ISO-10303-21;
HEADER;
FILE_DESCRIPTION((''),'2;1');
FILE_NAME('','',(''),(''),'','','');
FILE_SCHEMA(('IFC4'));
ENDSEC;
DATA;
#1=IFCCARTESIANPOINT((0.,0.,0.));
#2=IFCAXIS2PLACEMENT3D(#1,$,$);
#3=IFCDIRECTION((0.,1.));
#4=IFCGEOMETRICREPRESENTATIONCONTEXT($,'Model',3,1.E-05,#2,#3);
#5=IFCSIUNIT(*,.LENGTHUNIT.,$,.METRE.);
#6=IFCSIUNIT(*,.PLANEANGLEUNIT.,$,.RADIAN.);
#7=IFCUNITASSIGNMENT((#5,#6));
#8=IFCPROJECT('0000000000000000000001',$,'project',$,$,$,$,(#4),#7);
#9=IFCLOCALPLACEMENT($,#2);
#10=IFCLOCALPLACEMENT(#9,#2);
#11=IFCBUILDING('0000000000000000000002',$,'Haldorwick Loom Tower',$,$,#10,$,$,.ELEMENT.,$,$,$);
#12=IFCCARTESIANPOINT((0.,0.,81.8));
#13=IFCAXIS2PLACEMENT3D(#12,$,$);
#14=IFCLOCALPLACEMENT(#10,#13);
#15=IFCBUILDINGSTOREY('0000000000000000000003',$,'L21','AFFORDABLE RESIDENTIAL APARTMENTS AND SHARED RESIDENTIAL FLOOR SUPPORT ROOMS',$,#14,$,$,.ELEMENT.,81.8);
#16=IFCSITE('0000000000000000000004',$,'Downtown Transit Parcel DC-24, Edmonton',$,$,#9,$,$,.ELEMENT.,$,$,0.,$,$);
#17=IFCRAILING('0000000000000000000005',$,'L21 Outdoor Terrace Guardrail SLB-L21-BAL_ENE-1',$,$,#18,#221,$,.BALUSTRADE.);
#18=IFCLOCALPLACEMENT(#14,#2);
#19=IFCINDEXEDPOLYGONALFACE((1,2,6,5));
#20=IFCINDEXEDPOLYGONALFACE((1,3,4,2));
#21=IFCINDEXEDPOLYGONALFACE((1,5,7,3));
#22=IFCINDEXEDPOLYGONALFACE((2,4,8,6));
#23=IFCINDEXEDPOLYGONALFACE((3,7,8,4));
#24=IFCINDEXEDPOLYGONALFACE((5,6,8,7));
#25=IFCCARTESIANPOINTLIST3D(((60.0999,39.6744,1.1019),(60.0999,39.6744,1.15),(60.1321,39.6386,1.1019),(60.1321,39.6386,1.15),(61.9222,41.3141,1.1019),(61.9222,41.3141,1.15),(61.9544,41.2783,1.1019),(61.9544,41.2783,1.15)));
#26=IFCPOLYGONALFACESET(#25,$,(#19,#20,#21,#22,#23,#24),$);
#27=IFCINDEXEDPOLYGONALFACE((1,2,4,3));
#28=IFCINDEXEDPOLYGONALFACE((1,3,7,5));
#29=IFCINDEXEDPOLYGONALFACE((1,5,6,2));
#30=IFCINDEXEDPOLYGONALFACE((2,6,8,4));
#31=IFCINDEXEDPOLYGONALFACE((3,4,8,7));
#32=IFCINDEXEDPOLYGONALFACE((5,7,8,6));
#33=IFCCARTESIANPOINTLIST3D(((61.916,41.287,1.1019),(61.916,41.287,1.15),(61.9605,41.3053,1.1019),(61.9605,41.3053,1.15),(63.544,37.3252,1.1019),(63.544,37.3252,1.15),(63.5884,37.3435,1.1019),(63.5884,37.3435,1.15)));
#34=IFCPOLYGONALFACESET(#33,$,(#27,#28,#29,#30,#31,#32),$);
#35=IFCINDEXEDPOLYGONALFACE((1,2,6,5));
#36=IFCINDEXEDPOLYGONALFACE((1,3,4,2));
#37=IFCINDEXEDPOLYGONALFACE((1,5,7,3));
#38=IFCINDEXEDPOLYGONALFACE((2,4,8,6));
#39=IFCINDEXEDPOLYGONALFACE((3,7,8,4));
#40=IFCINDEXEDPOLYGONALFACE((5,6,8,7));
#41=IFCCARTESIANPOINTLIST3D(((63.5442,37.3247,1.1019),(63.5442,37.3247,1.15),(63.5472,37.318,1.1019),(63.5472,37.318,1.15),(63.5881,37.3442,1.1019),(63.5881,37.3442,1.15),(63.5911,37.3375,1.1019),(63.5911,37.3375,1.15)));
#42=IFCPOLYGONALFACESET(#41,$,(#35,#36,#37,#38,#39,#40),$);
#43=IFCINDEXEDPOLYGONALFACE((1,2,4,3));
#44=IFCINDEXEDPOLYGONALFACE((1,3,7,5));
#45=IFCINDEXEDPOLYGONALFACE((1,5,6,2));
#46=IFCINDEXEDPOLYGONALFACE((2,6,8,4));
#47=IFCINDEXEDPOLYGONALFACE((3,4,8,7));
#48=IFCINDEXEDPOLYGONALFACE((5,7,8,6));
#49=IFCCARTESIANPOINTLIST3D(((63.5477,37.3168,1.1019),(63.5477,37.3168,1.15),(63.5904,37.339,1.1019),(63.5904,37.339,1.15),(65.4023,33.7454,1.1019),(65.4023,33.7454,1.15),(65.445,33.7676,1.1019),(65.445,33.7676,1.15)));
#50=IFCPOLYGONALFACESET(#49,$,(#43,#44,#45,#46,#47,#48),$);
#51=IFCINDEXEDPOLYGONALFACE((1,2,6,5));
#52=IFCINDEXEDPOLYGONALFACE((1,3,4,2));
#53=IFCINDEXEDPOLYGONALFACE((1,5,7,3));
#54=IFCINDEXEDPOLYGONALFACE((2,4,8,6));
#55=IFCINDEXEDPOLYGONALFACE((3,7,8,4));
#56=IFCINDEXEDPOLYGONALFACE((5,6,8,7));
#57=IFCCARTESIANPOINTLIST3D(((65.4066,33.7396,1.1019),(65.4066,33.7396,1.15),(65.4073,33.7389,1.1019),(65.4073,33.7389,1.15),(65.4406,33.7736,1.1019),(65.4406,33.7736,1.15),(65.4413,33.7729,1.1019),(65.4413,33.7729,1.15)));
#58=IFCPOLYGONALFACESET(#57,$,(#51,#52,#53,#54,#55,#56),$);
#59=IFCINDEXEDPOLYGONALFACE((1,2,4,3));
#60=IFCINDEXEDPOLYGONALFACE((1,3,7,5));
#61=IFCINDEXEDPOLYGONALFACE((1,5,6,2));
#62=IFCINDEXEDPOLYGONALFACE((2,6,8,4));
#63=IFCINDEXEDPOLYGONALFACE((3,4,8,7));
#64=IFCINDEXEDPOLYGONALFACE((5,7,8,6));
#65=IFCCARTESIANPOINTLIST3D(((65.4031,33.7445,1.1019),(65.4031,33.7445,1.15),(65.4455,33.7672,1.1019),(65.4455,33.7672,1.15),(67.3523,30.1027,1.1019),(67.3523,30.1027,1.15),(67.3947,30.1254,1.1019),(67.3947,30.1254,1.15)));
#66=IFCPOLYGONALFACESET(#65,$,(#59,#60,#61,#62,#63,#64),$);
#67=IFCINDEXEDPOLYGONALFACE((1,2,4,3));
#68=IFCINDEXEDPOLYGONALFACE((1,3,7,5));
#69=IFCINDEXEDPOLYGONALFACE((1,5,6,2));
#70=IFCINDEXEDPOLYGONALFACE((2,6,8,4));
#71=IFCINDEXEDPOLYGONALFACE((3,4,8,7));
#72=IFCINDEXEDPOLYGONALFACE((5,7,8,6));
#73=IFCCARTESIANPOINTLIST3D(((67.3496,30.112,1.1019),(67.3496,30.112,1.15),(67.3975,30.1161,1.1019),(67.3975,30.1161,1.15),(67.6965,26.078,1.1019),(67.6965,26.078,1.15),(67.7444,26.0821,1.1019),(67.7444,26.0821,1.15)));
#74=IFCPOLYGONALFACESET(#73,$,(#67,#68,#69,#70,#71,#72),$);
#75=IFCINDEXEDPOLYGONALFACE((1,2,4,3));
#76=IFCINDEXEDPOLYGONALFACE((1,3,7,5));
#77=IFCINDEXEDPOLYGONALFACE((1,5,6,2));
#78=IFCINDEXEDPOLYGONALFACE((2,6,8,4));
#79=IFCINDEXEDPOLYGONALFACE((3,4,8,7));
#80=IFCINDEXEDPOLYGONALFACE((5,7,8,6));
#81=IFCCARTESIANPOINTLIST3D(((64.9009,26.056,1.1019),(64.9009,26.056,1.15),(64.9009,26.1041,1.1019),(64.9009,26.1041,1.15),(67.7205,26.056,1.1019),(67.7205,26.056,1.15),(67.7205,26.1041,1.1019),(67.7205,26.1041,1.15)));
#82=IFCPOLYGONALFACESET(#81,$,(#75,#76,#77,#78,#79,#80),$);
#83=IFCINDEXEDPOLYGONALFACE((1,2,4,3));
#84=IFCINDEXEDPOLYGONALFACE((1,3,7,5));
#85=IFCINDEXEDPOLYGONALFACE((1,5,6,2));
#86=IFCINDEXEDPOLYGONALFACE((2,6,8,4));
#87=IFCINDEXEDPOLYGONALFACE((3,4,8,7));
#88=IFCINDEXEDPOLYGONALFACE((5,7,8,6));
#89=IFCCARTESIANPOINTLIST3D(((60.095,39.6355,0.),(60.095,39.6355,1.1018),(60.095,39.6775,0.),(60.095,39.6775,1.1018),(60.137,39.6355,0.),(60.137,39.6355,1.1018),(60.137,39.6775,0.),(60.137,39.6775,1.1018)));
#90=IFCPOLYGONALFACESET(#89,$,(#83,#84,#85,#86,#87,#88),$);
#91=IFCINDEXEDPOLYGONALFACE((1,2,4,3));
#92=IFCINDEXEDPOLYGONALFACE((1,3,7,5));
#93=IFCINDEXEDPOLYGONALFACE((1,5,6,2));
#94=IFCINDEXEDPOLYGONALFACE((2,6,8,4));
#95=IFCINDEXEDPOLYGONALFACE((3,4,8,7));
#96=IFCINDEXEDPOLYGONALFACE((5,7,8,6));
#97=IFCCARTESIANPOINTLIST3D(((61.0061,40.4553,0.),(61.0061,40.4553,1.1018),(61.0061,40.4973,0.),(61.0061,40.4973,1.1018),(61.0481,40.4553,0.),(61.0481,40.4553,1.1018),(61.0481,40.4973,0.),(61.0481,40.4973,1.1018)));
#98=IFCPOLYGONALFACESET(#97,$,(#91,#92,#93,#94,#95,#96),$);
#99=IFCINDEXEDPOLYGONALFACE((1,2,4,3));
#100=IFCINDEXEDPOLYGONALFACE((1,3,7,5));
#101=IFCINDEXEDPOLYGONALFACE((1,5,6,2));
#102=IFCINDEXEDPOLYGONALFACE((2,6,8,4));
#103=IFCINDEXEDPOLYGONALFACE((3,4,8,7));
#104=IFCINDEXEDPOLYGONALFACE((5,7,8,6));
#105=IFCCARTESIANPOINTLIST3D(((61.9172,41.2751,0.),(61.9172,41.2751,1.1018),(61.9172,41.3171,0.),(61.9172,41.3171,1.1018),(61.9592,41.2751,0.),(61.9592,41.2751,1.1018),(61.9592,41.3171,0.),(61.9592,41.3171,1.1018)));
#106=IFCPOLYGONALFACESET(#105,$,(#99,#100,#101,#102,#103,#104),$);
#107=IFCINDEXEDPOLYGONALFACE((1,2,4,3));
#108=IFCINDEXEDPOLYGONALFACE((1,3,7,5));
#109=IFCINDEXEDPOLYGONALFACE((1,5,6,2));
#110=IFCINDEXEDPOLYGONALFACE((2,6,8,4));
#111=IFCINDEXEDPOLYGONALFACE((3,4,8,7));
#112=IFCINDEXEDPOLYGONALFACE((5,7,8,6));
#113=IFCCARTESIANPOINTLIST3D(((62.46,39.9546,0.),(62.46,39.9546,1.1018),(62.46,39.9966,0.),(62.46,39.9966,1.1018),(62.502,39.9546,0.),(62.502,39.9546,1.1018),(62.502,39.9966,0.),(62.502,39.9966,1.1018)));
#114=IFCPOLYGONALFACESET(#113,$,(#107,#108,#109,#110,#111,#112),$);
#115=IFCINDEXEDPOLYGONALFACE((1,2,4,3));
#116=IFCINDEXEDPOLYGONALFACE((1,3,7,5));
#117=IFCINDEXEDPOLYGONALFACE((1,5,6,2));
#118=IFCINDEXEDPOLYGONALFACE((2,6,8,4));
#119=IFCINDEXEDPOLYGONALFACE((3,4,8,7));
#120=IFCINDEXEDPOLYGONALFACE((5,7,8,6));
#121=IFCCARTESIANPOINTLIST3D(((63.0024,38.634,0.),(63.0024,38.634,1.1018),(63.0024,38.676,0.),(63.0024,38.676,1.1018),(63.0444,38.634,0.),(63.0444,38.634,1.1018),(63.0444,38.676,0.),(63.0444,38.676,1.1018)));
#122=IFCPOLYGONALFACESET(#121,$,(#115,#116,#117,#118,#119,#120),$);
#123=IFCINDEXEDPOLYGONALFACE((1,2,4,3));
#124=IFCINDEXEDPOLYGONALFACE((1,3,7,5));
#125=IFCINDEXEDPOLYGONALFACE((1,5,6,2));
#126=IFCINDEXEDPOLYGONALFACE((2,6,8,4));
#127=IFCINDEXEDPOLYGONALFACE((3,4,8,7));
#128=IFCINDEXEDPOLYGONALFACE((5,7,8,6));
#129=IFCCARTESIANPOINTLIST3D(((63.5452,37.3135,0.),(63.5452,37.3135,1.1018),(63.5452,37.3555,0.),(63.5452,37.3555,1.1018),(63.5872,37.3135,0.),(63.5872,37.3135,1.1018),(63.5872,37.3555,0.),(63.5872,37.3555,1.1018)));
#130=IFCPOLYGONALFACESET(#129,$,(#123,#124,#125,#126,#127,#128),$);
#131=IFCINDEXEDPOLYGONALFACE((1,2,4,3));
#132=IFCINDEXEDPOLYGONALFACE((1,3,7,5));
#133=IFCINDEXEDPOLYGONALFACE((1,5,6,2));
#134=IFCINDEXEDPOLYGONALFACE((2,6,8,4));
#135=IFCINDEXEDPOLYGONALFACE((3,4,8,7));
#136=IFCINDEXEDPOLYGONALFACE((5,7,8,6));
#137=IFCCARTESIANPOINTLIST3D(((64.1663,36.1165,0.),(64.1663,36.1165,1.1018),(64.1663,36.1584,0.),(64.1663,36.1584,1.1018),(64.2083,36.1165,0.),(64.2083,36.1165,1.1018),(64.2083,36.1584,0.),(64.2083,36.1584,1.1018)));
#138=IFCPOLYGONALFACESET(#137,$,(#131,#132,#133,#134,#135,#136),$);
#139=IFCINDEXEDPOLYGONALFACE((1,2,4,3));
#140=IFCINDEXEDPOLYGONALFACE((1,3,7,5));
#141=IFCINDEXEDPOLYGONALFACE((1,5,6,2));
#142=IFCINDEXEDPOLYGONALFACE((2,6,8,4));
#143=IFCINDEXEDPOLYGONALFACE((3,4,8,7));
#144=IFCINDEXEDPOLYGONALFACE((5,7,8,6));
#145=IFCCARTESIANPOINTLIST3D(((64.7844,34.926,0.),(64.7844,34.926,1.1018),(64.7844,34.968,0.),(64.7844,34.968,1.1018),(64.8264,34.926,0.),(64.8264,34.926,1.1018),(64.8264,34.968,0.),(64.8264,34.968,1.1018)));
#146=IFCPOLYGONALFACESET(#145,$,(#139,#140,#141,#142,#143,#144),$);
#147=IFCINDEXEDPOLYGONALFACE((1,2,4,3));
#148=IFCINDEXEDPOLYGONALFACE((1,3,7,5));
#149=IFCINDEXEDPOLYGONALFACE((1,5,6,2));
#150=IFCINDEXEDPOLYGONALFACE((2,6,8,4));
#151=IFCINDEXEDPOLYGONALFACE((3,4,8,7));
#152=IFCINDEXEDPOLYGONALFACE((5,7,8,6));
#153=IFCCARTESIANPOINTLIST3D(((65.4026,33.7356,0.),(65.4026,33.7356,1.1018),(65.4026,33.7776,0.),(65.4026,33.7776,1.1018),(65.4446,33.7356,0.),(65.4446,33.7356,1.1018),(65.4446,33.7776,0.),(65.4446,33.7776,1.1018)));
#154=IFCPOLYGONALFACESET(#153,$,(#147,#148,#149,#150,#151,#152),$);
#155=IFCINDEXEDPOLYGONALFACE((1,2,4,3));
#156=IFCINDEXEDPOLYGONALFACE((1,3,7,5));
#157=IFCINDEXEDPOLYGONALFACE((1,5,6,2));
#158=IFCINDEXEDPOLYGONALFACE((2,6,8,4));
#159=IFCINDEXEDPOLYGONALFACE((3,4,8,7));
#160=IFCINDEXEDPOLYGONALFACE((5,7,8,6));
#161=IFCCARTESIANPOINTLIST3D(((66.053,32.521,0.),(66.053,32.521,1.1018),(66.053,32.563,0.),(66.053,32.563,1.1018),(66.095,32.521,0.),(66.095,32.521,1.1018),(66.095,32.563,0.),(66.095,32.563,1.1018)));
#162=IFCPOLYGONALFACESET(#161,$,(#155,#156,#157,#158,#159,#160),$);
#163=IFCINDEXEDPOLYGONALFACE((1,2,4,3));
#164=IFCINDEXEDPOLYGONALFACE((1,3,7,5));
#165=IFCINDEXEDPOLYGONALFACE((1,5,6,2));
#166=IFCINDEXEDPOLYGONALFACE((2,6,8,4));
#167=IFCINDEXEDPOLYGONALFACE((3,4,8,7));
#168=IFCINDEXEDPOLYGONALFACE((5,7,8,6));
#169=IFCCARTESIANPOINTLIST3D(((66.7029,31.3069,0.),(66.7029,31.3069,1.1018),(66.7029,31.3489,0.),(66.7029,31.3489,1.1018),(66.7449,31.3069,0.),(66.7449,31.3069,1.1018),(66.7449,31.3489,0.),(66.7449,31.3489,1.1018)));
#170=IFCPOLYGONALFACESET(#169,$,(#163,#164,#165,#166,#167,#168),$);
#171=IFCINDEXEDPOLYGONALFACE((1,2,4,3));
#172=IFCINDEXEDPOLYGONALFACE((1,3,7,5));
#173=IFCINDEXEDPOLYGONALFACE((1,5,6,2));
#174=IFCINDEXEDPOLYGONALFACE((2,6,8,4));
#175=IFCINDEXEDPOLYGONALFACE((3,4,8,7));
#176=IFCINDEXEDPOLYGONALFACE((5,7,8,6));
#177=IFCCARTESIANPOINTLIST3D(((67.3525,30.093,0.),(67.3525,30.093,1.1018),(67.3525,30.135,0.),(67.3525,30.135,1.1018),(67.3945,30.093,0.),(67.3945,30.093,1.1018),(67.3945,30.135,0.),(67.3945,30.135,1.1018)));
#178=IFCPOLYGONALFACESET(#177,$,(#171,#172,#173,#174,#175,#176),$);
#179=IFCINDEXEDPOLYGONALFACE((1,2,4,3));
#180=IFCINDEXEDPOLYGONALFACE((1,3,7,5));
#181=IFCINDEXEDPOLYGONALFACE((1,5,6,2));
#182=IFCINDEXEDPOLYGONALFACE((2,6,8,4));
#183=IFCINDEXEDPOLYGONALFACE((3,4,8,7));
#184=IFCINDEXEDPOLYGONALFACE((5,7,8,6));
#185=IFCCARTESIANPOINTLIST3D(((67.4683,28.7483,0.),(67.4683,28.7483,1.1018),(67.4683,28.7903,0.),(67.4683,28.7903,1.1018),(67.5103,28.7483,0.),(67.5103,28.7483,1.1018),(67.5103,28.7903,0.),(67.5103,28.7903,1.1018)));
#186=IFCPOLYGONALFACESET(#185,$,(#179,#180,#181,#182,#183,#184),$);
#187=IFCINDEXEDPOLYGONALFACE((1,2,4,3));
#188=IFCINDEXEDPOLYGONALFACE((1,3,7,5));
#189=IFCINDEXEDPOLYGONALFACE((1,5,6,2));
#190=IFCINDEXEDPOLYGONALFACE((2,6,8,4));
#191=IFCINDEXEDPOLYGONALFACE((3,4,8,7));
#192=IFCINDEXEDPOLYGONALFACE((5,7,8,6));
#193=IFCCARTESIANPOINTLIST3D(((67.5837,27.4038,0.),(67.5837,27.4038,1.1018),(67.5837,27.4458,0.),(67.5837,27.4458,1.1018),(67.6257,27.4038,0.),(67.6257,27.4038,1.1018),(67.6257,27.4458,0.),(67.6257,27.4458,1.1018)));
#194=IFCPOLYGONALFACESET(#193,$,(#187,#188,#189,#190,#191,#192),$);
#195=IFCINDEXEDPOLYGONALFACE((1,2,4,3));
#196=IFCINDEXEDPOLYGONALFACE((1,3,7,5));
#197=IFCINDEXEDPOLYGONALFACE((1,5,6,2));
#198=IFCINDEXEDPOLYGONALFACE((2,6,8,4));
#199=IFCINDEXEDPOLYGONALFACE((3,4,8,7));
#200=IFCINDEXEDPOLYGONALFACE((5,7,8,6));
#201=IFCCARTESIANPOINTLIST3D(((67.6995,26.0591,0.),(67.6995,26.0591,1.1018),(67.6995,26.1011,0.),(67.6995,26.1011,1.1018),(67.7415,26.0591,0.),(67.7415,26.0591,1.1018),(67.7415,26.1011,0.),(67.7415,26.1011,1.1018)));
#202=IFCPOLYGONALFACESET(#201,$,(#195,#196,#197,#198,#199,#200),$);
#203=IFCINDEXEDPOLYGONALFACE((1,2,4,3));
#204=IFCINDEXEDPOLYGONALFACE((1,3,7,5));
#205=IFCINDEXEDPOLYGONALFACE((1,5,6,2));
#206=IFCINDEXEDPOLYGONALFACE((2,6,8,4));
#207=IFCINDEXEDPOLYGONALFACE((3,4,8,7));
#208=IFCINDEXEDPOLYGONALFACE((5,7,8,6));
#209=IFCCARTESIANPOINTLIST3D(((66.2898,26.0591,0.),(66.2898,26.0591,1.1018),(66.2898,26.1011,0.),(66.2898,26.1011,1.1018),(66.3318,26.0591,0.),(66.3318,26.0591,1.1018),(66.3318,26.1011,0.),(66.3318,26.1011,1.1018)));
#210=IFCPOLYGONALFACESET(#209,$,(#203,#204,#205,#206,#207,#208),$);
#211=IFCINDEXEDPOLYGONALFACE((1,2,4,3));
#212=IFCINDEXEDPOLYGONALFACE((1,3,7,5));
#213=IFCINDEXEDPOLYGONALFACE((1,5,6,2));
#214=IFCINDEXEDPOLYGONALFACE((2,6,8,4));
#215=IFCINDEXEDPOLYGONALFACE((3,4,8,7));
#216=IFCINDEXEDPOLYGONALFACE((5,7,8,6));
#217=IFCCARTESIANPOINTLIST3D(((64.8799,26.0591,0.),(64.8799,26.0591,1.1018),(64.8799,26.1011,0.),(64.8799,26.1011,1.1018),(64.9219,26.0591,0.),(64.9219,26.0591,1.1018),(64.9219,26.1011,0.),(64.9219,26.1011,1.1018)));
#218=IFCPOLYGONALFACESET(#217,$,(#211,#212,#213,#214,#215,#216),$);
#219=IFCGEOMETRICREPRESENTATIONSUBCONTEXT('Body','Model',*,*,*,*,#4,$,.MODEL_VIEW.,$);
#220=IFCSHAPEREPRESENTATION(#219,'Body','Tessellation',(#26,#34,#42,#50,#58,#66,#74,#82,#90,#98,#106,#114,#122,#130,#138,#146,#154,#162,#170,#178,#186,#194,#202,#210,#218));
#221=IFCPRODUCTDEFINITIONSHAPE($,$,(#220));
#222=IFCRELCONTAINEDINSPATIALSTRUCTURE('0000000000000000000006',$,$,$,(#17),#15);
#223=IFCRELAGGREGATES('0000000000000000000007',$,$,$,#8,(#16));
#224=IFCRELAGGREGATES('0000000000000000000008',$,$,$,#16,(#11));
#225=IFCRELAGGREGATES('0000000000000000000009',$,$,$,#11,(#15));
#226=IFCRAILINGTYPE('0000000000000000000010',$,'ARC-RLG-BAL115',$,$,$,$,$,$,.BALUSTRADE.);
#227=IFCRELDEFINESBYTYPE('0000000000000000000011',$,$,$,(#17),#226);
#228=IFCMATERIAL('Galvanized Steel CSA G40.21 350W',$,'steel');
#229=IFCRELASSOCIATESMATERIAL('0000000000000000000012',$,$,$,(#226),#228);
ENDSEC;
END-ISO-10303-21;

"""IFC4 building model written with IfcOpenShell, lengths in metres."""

from ifc_helpers import new_model, si_unit, direction, frame, origin, origin_2d, place, context, subcontext, project, spatial, rectangle, extrude, material, type_object, element, save


model = new_model("IFC4")

# Units and contexts
model_context = context("Model", 3, precision=1e-05, world=origin(), true_north=direction((0.0, 1.0)))
body_context = subcontext(model_context, "Body", "Model", "MODEL_VIEW")
ifc_project = project(units=[si_unit("LENGTHUNIT", "METRE"), si_unit("PLANEANGLEUNIT", "RADIAN")], contexts=[model_context])

# Site, building, storey
site_placement = place(None, origin())
site = spatial("IfcSite", under=ifc_project, at=site_placement, Name="Downtown Transit Parcel DC-24, Edmonton", CompositionType="ELEMENT", RefElevation=0.0)
building_placement = place(site_placement, origin())
building = spatial("IfcBuilding", under=site, at=building_placement, Name="Haldorwick Loom Tower", CompositionType="ELEMENT")
storey_placement = place(building_placement, frame((0.0, 0.0, 81.8)))
storey = spatial("IfcBuildingStorey", under=building, at=storey_placement, Name="L21", Description="AFFORDABLE RESIDENTIAL APARTMENTS AND SHARED RESIDENTIAL FLOOR SUPPORT ROOMS", CompositionType="ELEMENT", Elevation=81.8)

# Railing
ifc_material_1 = material(Name="Galvanized Steel CSA G40.21 350W", Category="steel")
railing_type_1 = type_object("IfcRailingType", Name="ARC-RLG-BAL115", PredefinedType="BALUSTRADE", material=ifc_material_1)
railing_1_placement = place(storey_placement, frame((60.116, 39.6565, 0.0)))
element("IfcRailing", 1, at=railing_1_placement, inside=storey, type_object=railing_type_1, Name="L21 Outdoor Terrace Guardrail SLB-L21-BAL_ENE-1", PredefinedType="BALUSTRADE", context=body_context, shape_type="SweptSolid", body=[
    extrude(rectangle(XDim=0.0481, YDim=0.0481, at=origin_2d()), frame((0.0, 0.0, 1.126), z_axis=(0.743373, 0.668877, 0.0), x_axis=(-0.668877, 0.743373, 0.0)), (0.0, 0.0, 1.0), 2.4514),
    extrude(rectangle(XDim=0.0481, YDim=0.0481, at=origin_2d()), frame((1.8223, 1.6396, 1.126), z_axis=(0.380082, -0.924953, 0.0), x_axis=(0.924953, 0.380082, 0.0)), (0.0, 0.0, 1.0), 4.2832),
    extrude(rectangle(XDim=0.0481, YDim=0.0481, at=origin_2d()), frame((3.4502, -2.322, 1.126), z_axis=(0.406138, -0.913812, 0.0), x_axis=(0.913812, 0.406138, 0.0)), (0.0, 0.0, 1.0), 0.0073),
    extrude(rectangle(XDim=0.0481, YDim=0.0481, at=origin_2d()), frame((3.4531, -2.3286, 1.126), z_axis=(0.460848, -0.887479, 0.0), x_axis=(0.887479, 0.460848, 0.0)), (0.0, 0.0, 1.0), 4.0242),
    extrude(rectangle(XDim=0.0481, YDim=0.0481, at=origin_2d()), frame((5.3076, -5.8999, 1.126), z_axis=(0.707107, -0.707107, 0.0), x_axis=(0.707107, 0.707107, 0.0)), (0.0, 0.0, 1.0), 0.001),
    extrude(rectangle(XDim=0.0481, YDim=0.0481, at=origin_2d()), frame((5.3083, -5.9006, 1.126), z_axis=(0.471888, -0.881658, 0.0), x_axis=(0.881658, 0.471888, 0.0)), (0.0, 0.0, 1.0), 4.1306),
    extrude(rectangle(XDim=0.0481, YDim=0.0481, at=origin_2d()), frame((7.2576, -9.5425, 1.126), z_axis=(0.085685, -0.996322, 0.0), x_axis=(0.996322, 0.085685, 0.0)), (0.0, 0.0, 1.0), 4.0488),
    extrude(rectangle(XDim=0.0481, YDim=0.0481, at=origin_2d()), frame((7.6045, -13.5764, 1.126), z_axis=(-1.0, 0.0, 0.0), x_axis=(0.0, -1.0, 0.0)), (0.0, 0.0, 1.0), 2.8196),
    extrude(rectangle(XDim=0.042, YDim=0.042, at=origin_2d()), origin(), (0.0, 0.0, 1.0), 1.1018),
    extrude(rectangle(XDim=0.042, YDim=0.042, at=origin_2d()), frame((0.9111, 0.8198, 0.0)), (0.0, 0.0, 1.0), 1.1018),
    extrude(rectangle(XDim=0.042, YDim=0.042, at=origin_2d()), frame((1.8223, 1.6396, 0.0)), (0.0, 0.0, 1.0), 1.1018),
    extrude(rectangle(XDim=0.042, YDim=0.042, at=origin_2d()), frame((2.365, 0.3191, 0.0)), (0.0, 0.0, 1.0), 1.1018),
    extrude(rectangle(XDim=0.042, YDim=0.042, at=origin_2d()), frame((2.9075, -1.0015, 0.0)), (0.0, 0.0, 1.0), 1.1018),
    extrude(rectangle(XDim=0.042, YDim=0.042, at=origin_2d()), frame((3.4502, -2.322, 0.0)), (0.0, 0.0, 1.0), 1.1018),
    extrude(rectangle(XDim=0.042, YDim=0.042, at=origin_2d()), frame((4.0713, -3.519, 0.0)), (0.0, 0.0, 1.0), 1.1018),
    extrude(rectangle(XDim=0.042, YDim=0.042, at=origin_2d()), frame((4.6895, -4.7095, 0.0)), (0.0, 0.0, 1.0), 1.1018),
    extrude(rectangle(XDim=0.042, YDim=0.042, at=origin_2d()), frame((5.3076, -5.8999, 0.0)), (0.0, 0.0, 1.0), 1.1018),
    extrude(rectangle(XDim=0.042, YDim=0.042, at=origin_2d()), frame((5.958, -7.1145, 0.0)), (0.0, 0.0, 1.0), 1.1018),
    extrude(rectangle(XDim=0.042, YDim=0.042, at=origin_2d()), frame((6.6079, -8.3286, 0.0)), (0.0, 0.0, 1.0), 1.1018),
    extrude(rectangle(XDim=0.042, YDim=0.042, at=origin_2d()), frame((7.2576, -9.5425, 0.0)), (0.0, 0.0, 1.0), 1.1018),
    extrude(rectangle(XDim=0.042, YDim=0.042, at=origin_2d()), frame((7.3733, -10.8872, 0.0)), (0.0, 0.0, 1.0), 1.1018),
    extrude(rectangle(XDim=0.042, YDim=0.042, at=origin_2d()), frame((7.4888, -12.2317, 0.0)), (0.0, 0.0, 1.0), 1.1018),
    extrude(rectangle(XDim=0.042, YDim=0.042, at=origin_2d()), frame((7.6045, -13.5764, 0.0)), (0.0, 0.0, 1.0), 1.1018),
    extrude(rectangle(XDim=0.042, YDim=0.042, at=origin_2d()), frame((6.1948, -13.5764, 0.0)), (0.0, 0.0, 1.0), 1.1018),
    extrude(rectangle(XDim=0.042, YDim=0.042, at=origin_2d()), frame((4.7849, -13.5764, 0.0)), (0.0, 0.0, 1.0), 1.1018),
])

save(model, "model.ifc")
